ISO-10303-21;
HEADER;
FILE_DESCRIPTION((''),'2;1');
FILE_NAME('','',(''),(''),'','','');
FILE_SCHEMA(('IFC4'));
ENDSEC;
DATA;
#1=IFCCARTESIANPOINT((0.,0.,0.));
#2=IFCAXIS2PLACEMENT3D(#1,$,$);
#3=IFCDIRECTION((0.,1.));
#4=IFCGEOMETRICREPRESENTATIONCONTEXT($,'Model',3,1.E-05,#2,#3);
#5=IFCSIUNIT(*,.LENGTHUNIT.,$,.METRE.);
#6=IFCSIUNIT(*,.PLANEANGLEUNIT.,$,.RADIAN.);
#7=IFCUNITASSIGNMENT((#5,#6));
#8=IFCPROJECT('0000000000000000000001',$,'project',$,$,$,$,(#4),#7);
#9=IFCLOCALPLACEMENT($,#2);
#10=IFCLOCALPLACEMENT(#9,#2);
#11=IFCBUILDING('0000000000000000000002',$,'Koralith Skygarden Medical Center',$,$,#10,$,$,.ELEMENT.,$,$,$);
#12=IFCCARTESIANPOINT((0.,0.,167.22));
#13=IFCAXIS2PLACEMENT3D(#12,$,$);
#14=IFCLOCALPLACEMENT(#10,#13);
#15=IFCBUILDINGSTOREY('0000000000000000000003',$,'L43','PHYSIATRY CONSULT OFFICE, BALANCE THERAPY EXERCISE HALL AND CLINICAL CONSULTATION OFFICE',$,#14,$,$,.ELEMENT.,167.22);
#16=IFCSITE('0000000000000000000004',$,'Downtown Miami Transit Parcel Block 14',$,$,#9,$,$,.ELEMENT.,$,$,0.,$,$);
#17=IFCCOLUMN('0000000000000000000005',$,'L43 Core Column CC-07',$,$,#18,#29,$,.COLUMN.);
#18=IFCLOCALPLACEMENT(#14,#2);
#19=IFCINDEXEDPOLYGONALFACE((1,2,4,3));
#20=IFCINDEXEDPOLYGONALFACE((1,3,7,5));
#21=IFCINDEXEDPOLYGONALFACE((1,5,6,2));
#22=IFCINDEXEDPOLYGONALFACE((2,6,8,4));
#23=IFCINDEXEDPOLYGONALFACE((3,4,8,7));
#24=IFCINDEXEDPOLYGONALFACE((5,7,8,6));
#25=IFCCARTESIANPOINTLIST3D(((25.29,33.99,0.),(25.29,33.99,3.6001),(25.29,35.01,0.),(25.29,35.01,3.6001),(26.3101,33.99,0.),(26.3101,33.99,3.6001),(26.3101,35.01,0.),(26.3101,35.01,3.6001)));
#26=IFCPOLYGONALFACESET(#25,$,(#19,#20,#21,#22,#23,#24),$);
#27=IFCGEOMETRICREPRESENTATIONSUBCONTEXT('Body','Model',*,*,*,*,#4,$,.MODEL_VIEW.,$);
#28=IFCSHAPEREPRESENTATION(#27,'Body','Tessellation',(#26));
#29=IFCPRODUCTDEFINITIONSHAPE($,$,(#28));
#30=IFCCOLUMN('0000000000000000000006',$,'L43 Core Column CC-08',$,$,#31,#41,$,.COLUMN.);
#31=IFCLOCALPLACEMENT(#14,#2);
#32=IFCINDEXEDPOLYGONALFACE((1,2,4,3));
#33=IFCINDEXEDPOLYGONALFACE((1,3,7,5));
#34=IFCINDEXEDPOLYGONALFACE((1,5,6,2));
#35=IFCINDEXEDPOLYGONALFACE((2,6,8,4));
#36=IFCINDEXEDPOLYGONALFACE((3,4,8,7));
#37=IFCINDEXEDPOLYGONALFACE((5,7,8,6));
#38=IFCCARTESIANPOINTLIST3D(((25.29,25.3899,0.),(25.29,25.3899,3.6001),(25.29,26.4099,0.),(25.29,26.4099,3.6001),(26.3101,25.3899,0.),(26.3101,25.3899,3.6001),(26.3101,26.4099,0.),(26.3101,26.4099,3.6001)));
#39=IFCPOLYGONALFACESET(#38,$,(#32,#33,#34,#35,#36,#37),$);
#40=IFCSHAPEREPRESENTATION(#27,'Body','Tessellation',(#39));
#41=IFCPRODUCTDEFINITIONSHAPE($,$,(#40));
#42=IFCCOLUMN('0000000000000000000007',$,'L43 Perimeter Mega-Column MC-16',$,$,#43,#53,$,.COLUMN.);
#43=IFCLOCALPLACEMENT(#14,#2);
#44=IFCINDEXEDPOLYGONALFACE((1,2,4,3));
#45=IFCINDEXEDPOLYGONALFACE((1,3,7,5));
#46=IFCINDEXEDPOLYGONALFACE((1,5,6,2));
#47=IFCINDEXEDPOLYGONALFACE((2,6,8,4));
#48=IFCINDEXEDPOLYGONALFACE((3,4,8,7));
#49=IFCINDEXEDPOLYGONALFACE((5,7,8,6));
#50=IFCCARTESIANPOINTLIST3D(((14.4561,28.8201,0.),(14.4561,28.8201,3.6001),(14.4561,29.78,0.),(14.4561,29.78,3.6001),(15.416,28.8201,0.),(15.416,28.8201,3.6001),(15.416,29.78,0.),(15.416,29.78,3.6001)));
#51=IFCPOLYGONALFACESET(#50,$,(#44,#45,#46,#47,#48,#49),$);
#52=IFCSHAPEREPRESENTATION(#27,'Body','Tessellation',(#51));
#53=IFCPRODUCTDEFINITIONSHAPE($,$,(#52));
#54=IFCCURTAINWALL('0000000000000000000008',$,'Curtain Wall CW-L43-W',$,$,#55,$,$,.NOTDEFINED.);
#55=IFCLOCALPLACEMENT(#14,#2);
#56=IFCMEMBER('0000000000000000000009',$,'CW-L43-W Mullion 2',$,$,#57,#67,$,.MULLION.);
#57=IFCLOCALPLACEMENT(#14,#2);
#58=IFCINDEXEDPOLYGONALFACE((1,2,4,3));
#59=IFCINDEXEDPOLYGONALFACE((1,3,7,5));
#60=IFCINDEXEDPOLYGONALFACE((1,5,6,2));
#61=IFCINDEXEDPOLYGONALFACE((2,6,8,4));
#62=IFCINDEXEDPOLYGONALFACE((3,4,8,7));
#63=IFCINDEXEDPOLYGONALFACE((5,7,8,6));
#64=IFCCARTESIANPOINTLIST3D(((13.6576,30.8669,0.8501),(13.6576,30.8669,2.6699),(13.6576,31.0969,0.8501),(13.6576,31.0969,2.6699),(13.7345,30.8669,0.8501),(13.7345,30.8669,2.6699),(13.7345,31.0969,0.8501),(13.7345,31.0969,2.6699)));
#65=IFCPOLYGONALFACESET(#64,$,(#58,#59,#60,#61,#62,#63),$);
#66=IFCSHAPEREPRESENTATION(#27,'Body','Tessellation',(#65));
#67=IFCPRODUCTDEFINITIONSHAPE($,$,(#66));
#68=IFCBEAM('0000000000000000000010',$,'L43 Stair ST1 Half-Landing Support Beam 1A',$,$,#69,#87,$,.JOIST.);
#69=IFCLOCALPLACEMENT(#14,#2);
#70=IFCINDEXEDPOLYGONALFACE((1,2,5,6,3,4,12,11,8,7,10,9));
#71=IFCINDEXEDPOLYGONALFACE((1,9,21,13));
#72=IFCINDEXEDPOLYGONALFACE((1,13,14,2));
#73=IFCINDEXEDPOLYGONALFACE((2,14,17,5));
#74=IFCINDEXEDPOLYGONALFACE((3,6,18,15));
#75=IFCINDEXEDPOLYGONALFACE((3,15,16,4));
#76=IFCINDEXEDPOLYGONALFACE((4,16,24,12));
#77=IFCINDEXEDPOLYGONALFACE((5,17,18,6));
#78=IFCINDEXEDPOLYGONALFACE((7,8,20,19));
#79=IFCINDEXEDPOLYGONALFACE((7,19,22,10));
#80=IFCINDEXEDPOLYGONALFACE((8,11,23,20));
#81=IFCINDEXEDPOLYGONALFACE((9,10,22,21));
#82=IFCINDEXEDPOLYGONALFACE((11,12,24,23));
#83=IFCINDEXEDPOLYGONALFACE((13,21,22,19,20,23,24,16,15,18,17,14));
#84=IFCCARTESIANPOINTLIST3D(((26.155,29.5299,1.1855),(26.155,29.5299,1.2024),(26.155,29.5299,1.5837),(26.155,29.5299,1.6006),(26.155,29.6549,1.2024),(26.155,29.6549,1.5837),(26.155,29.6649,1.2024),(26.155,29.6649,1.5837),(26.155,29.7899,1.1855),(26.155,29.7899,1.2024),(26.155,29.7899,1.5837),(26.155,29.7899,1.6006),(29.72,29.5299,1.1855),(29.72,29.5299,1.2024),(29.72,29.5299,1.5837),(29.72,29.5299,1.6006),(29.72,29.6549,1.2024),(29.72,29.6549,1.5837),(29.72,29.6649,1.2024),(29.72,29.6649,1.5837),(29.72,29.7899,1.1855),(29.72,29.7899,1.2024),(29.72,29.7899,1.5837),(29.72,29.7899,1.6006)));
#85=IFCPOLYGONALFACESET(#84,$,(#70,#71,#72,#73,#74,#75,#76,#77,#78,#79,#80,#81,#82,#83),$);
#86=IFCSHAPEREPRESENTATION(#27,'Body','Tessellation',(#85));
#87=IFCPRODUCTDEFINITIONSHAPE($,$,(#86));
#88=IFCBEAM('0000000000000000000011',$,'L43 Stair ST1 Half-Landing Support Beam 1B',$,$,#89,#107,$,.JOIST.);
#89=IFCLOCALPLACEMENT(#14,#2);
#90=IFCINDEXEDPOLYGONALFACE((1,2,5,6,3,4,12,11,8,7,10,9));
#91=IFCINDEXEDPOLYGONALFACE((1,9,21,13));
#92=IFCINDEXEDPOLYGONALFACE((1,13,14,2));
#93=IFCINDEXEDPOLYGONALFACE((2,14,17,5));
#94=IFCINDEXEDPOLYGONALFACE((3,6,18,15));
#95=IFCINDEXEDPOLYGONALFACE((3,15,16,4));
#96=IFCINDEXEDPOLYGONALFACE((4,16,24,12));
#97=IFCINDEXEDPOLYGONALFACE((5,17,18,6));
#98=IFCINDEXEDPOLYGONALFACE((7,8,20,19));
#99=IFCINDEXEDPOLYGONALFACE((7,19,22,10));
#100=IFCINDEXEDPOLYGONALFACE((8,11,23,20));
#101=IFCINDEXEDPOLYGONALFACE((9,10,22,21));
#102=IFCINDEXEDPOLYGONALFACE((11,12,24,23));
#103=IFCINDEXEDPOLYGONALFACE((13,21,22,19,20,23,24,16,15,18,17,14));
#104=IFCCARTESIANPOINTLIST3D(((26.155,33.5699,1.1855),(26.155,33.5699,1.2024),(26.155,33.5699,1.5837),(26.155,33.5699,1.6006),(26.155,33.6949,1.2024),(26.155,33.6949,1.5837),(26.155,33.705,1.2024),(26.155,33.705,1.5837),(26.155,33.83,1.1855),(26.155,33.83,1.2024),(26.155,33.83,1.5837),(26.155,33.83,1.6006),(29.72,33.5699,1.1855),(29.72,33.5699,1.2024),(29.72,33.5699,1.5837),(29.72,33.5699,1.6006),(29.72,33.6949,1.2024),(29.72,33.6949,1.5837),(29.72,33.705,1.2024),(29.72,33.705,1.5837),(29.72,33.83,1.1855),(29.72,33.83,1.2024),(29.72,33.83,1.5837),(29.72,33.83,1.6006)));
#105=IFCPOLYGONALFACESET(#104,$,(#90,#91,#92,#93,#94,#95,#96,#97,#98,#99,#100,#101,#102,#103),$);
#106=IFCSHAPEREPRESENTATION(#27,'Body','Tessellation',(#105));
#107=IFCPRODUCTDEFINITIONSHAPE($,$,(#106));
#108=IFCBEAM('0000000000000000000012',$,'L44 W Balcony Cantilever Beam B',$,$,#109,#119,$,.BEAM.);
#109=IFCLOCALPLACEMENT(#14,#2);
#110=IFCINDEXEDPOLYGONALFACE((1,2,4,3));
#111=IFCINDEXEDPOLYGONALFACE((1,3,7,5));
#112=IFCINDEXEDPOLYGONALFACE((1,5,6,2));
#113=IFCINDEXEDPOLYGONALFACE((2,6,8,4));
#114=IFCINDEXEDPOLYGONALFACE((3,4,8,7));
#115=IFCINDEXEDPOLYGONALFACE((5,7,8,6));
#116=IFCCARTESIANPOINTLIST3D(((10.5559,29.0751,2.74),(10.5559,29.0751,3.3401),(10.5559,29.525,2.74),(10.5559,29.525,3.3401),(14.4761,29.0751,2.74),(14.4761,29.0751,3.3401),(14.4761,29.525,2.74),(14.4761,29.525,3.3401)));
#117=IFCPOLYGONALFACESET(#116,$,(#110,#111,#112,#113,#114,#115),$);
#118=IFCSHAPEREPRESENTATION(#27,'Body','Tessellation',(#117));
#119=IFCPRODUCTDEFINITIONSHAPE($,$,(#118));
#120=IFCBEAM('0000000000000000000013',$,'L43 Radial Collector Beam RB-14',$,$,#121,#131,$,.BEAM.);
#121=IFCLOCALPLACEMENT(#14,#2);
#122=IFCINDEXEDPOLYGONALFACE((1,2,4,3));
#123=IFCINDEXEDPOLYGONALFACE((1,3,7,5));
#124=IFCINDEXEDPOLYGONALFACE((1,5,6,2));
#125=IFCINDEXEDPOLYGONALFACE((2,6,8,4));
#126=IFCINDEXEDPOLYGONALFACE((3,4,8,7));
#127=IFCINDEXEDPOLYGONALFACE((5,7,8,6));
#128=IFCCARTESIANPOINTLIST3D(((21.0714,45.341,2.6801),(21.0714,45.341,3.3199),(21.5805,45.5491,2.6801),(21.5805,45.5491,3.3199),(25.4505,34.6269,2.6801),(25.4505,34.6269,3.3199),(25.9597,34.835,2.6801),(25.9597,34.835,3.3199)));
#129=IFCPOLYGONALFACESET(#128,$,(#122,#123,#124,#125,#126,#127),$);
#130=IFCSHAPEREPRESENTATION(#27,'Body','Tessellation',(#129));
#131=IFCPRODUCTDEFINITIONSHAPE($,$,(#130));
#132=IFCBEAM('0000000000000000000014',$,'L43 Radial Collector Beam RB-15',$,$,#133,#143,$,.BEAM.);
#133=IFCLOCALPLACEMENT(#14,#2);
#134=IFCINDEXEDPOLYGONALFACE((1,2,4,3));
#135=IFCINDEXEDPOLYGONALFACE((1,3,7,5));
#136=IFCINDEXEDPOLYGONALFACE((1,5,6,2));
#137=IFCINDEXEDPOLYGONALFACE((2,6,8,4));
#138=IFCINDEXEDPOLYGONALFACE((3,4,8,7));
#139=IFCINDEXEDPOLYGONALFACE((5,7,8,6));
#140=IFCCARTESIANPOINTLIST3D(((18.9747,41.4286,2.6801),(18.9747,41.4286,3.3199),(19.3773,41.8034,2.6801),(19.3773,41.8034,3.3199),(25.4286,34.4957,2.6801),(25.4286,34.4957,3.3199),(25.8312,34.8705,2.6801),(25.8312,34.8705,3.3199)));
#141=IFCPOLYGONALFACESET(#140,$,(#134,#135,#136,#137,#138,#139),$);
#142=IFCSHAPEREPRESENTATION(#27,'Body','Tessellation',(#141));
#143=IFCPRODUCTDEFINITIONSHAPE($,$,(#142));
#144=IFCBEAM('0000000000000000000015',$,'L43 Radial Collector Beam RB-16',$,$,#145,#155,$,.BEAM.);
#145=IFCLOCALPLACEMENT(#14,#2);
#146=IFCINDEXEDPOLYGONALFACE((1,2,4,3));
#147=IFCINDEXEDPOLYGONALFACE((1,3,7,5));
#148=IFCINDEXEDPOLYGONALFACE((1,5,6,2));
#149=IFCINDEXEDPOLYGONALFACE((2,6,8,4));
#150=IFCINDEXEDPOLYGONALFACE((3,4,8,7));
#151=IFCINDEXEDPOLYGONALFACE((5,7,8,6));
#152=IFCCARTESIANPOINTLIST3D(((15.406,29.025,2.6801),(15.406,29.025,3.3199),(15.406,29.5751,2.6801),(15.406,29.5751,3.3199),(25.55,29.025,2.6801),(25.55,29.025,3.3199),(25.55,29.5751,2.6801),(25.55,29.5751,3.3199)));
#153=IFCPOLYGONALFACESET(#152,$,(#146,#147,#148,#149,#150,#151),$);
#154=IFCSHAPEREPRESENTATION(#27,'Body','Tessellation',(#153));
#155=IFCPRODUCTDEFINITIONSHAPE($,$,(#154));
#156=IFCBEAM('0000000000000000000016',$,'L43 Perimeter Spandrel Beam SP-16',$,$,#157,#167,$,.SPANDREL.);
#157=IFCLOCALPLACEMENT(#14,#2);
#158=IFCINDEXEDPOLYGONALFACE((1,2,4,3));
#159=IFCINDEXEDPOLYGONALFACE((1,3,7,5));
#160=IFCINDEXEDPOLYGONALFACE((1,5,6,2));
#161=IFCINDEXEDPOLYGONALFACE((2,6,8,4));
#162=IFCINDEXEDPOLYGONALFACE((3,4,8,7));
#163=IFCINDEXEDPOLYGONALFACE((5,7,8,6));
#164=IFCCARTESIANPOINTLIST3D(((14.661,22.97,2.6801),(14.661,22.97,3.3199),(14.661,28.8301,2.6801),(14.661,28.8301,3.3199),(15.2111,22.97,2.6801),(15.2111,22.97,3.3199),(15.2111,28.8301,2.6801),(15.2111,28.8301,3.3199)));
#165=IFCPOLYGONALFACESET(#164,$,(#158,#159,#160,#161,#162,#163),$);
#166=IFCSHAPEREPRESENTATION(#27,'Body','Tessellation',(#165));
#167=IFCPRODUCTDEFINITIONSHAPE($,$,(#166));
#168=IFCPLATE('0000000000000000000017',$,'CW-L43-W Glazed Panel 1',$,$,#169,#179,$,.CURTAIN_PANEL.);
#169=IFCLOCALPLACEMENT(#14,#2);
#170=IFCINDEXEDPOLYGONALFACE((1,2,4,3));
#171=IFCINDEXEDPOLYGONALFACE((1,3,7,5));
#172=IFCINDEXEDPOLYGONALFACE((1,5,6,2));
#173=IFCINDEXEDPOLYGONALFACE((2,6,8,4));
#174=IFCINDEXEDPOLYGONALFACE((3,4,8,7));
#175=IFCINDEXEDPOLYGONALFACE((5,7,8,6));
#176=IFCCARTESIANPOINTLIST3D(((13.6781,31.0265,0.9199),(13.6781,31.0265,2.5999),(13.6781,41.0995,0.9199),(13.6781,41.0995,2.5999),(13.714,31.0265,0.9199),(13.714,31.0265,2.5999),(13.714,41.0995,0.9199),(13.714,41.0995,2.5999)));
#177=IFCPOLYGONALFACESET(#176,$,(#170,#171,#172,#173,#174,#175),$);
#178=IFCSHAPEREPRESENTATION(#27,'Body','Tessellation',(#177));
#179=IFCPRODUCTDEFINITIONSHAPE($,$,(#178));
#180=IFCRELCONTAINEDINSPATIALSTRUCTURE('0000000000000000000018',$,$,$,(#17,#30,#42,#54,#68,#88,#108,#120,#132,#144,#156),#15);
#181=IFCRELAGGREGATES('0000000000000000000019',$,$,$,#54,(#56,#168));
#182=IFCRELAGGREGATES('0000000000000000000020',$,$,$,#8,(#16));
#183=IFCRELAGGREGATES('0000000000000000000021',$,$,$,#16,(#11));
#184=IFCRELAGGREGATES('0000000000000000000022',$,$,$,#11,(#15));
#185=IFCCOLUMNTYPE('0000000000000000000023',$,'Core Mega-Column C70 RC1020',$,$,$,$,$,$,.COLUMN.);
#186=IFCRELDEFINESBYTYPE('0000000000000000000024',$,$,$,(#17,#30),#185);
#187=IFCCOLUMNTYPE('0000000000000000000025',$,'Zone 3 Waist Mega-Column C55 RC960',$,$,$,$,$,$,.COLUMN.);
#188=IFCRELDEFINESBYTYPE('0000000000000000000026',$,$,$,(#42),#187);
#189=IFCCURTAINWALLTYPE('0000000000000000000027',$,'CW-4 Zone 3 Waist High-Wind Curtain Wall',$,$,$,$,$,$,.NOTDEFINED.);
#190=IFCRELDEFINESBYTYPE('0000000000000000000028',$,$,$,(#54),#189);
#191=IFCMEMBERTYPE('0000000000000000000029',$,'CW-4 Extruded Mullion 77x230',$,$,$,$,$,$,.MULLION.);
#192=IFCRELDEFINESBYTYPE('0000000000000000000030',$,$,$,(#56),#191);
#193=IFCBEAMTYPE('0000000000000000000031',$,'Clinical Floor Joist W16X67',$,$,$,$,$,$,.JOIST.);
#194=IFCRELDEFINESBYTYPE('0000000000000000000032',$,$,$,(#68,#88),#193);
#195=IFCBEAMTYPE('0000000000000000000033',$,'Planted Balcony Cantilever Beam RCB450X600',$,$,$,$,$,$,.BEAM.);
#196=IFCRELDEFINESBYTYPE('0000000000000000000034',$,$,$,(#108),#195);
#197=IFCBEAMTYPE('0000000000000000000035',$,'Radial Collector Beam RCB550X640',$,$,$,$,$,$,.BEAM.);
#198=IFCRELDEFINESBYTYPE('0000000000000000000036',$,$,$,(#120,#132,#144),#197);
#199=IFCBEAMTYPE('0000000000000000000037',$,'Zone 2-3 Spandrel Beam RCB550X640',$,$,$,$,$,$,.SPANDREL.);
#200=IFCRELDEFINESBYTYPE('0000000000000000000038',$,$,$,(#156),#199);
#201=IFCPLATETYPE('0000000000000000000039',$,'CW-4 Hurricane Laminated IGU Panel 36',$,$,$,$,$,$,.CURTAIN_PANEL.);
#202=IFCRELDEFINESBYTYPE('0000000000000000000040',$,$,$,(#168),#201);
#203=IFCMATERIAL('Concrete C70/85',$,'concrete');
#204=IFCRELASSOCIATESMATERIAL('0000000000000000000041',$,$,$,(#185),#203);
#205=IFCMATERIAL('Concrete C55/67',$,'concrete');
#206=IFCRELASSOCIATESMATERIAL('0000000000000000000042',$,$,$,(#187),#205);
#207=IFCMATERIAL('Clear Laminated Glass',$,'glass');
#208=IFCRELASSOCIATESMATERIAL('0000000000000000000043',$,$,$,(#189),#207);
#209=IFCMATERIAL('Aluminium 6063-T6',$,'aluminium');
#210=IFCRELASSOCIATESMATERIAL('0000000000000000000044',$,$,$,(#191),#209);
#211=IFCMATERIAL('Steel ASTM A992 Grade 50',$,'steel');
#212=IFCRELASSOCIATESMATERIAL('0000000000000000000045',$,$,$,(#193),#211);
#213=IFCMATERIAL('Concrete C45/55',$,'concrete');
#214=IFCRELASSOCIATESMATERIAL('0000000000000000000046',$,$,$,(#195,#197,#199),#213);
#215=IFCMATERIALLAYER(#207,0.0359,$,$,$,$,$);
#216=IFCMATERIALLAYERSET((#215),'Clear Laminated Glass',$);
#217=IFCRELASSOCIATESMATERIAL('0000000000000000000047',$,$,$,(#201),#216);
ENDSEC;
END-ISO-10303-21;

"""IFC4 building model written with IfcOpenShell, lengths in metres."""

from ifc_helpers import new_model, si_unit, direction, frame, origin, origin_2d, place, context, subcontext, project, spatial, rectangle, i_section, extrude, material, layer, layer_set, material_profile, profile_set, type_object, element, aggregate, save


model = new_model("IFC4")

# Units and contexts
model_context = context("Model", 3, precision=1e-05, world=origin(), true_north=direction((0.0, 1.0)))
body_context = subcontext(model_context, "Body", "Model", "MODEL_VIEW")
ifc_project = project(units=[si_unit("LENGTHUNIT", "METRE"), si_unit("PLANEANGLEUNIT", "RADIAN")], contexts=[model_context])

# Site, building, storey
site_placement = place(None, origin())
site = spatial("IfcSite", under=ifc_project, at=site_placement, Name="Downtown Miami Transit Parcel Block 14", CompositionType="ELEMENT", RefElevation=0.0)
building_placement = place(site_placement, origin())
building = spatial("IfcBuilding", under=site, at=building_placement, Name="Koralith Skygarden Medical Center", CompositionType="ELEMENT")
storey_placement = place(building_placement, frame((0.0, 0.0, 167.22)))
storey = spatial("IfcBuildingStorey", under=building, at=storey_placement, Name="L43", Description="PHYSIATRY CONSULT OFFICE, BALANCE THERAPY EXERCISE HALL AND CLINICAL CONSULTATION OFFICE", CompositionType="ELEMENT", Elevation=167.22)

# Columns
ifc_material_1 = material(Name="Concrete C70/85", Category="concrete")
ifc_material_profile_1 = material_profile(ifc_material_1, rectangle(XDim=1.02, YDim=1.02, at=origin_2d()), Name="RC1020X1020")
ifc_profile_set_1 = profile_set([ifc_material_profile_1], Name="Concrete C70/85")
column_type_1 = type_object("IfcColumnType", Name="Core Mega-Column C70 RC1020", PredefinedType="COLUMN", material=ifc_profile_set_1)
for number, where, z_axis, x_axis, name in (
    (1, (25.8, 34.5, 0.0), (0.0, 0.0, 1.0), (1.0, 0.0, 0.0), "L43 Core Column CC-07"),
    (2, (25.8, 25.8999, 0.0), (0.0, 0.0, 1.0), (1.0, 0.0, 0.0), "L43 Core Column CC-08"),
):
    element("IfcColumn", number, at=place(storey_placement, frame(where, z_axis=z_axis, x_axis=x_axis)), inside=storey, type_object=column_type_1, Name=name, PredefinedType="COLUMN", context=body_context, shape_type="SweptSolid", body=[
        extrude(rectangle(XDim=1.02, YDim=1.02, at=origin_2d()), origin(), (0.0, 0.0, 1.0), 3.6001),
    ])
ifc_material_2 = material(Name="Concrete C55/67", Category="concrete")
ifc_material_profile_2 = material_profile(ifc_material_2, rectangle(XDim=0.96, YDim=0.96, at=origin_2d()), Name="RC960X960")
ifc_profile_set_2 = profile_set([ifc_material_profile_2], Name="Concrete C55/67")
column_type_2 = type_object("IfcColumnType", Name="Zone 3 Waist Mega-Column C55 RC960", PredefinedType="COLUMN", material=ifc_profile_set_2)
column_placement = place(storey_placement, frame((14.936, 29.3, 0.0), z_axis=(0.0, 0.0, 1.0), x_axis=(1.0, 0.0, 0.0)))
element("IfcColumn", 3, at=column_placement, inside=storey, type_object=column_type_2, Name="L43 Perimeter Mega-Column MC-16", PredefinedType="COLUMN", context=body_context, shape_type="SweptSolid", body=[
    extrude(rectangle(XDim=0.96, YDim=0.96, at=origin_2d()), origin(), (0.0, 0.0, 1.0), 3.6001),
])

# Curtain wall, member
ifc_material_3 = material(Name="Clear Laminated Glass", Category="glass")
curtain_wall_type = type_object("IfcCurtainWallType", Name="CW-4 Zone 3 Waist High-Wind Curtain Wall", PredefinedType="NOTDEFINED", material=ifc_material_3)
curtain_wall_placement = place(storey_placement, origin())
curtain_wall = element("IfcCurtainWall", 4, at=curtain_wall_placement, inside=storey, type_object=curtain_wall_type, Name="Curtain Wall CW-L43-W", PredefinedType="NOTDEFINED")
ifc_material_4 = material(Name="Aluminium 6063-T6", Category="aluminium")
ifc_material_profile_3 = material_profile(ifc_material_4, rectangle(XDim=0.0769, YDim=0.23, at=origin_2d()), Name="MUL77X230")
ifc_profile_set_3 = profile_set([ifc_material_profile_3], Name="Aluminium 6063-T6")
member_type = type_object("IfcMemberType", Name="CW-4 Extruded Mullion 77x230", PredefinedType="MULLION", material=ifc_profile_set_3)
member_placement = place(storey_placement, frame((13.696, 30.9819, 0.8501), z_axis=(0.0, 0.0, 1.0), x_axis=(1.0, 0.0, 0.0)))
member = element("IfcMember", 5, at=member_placement, type_object=member_type, Name="CW-L43-W Mullion 2", PredefinedType="MULLION", context=body_context, shape_type="SweptSolid", body=[
    extrude(rectangle(XDim=0.0769, YDim=0.23, at=origin_2d()), origin(), (0.0, 0.0, 1.0), 1.8198),
])

# Beams
ifc_material_5 = material(Name="Steel ASTM A992 Grade 50", Category="steel")
ifc_material_profile_4 = material_profile(ifc_material_5, i_section(OverallWidth=0.26, OverallDepth=0.415, WebThickness=0.01, FlangeThickness=0.0168, at=origin_2d()), Name="W16X67")
ifc_profile_set_4 = profile_set([ifc_material_profile_4], Name="Steel ASTM A992 Grade 50")
beam_type_1 = type_object("IfcBeamType", Name="Clinical Floor Joist W16X67", PredefinedType="JOIST", material=ifc_profile_set_4)
for number, where, z_axis, x_axis, name in (
    (6, (26.155, 29.6599, 1.3931), (1.0, 0.0, 0.0), (0.0, 1.0, 0.0), "L43 Stair ST1 Half-Landing Support Beam 1A"),
    (7, (26.155, 33.7, 1.3931), (1.0, 0.0, 0.0), (0.0, 1.0, 0.0), "L43 Stair ST1 Half-Landing Support Beam 1B"),
):
    element("IfcBeam", number, at=place(storey_placement, frame(where, z_axis=z_axis, x_axis=x_axis)), inside=storey, type_object=beam_type_1, Name=name, PredefinedType="JOIST", context=body_context, shape_type="SweptSolid", body=[
        extrude(i_section(OverallWidth=0.26, OverallDepth=0.415, WebThickness=0.01, FlangeThickness=0.0168, at=origin_2d()), origin(), (0.0, 0.0, 1.0), 3.5649),
    ])
ifc_material_6 = material(Name="Concrete C45/55", Category="concrete")
ifc_material_profile_5 = material_profile(ifc_material_6, rectangle(XDim=0.45, YDim=0.6001, at=origin_2d()), Name="RCB450X600")
ifc_profile_set_5 = profile_set([ifc_material_profile_5], Name="Concrete C45/55")
beam_type_2 = type_object("IfcBeamType", Name="Planted Balcony Cantilever Beam RCB450X600", PredefinedType="BEAM", material=ifc_profile_set_5)
beam_1_placement = place(storey_placement, frame((14.4761, 29.3, 3.04), z_axis=(-1.0, 0.0, 0.0), x_axis=(0.0, -1.0, 0.0)))
element("IfcBeam", 8, at=beam_1_placement, inside=storey, type_object=beam_type_2, Name="L44 W Balcony Cantilever Beam B", PredefinedType="BEAM", context=body_context, shape_type="SweptSolid", body=[
    extrude(rectangle(XDim=0.45, YDim=0.6001, at=origin_2d()), origin(), (0.0, 0.0, 1.0), 3.9202),
])
ifc_material_profile_6 = material_profile(ifc_material_6, rectangle(XDim=0.55, YDim=0.6399, at=origin_2d()), Name="RCB550X640")
ifc_profile_set_6 = profile_set([ifc_material_profile_6], Name="Concrete C45/55")
beam_type_3 = type_object("IfcBeamType", Name="Radial Collector Beam RCB550X640", PredefinedType="BEAM", material=ifc_profile_set_6)
beam_2_placement = place(storey_placement, frame((25.7051, 34.731, 3.0), z_axis=(-0.378345, 0.925665, 0.0), x_axis=(-0.925665, -0.378345, 0.0)))
element("IfcBeam", 9, at=beam_2_placement, inside=storey, type_object=beam_type_3, Name="L43 Radial Collector Beam RB-14", PredefinedType="BEAM", context=body_context, shape_type="SweptSolid", body=[
    extrude(rectangle(XDim=0.55, YDim=0.6399, at=origin_2d()), origin(), (0.0, 0.0, 1.0), 11.5745),
])
beam_3_placement = place(storey_placement, frame((25.6299, 34.6831, 3.0), z_axis=(-0.681369, 0.73194, 0.0), x_axis=(-0.73194, -0.681369, 0.0)))
element("IfcBeam", 10, at=beam_3_placement, inside=storey, type_object=beam_type_3, Name="L43 Radial Collector Beam RB-15", PredefinedType="BEAM", context=body_context, shape_type="SweptSolid", body=[
    extrude(rectangle(XDim=0.55, YDim=0.6399, at=origin_2d()), origin(), (0.0, 0.0, 1.0), 9.4719),
])
beam_4_placement = place(storey_placement, frame((25.55, 29.3, 3.0), z_axis=(-1.0, 0.0, 0.0), x_axis=(0.0, -1.0, 0.0)))
element("IfcBeam", 11, at=beam_4_placement, inside=storey, type_object=beam_type_3, Name="L43 Radial Collector Beam RB-16", PredefinedType="BEAM", context=body_context, shape_type="SweptSolid", body=[
    extrude(rectangle(XDim=0.55, YDim=0.6399, at=origin_2d()), origin(), (0.0, 0.0, 1.0), 10.144),
])
ifc_material_profile_7 = material_profile(ifc_material_6, rectangle(XDim=0.55, YDim=0.6399, at=origin_2d()), Name="RCB550X640")
ifc_profile_set_7 = profile_set([ifc_material_profile_7], Name="Concrete C45/55")
beam_type_4 = type_object("IfcBeamType", Name="Zone 2-3 Spandrel Beam RCB550X640", PredefinedType="SPANDREL", material=ifc_profile_set_7)
beam_5_placement = place(storey_placement, frame((14.936, 28.8301, 3.0), z_axis=(0.0, -1.0, 0.0), x_axis=(1.0, 0.0, 0.0)))
element("IfcBeam", 12, at=beam_5_placement, inside=storey, type_object=beam_type_4, Name="L43 Perimeter Spandrel Beam SP-16", PredefinedType="SPANDREL", context=body_context, shape_type="SweptSolid", body=[
    extrude(rectangle(XDim=0.55, YDim=0.6399, at=origin_2d()), origin(), (0.0, 0.0, 1.0), 5.8601),
])

# Plate
ifc_layer_1 = layer(ifc_material_3, 0.0359)
ifc_layer_set_1 = layer_set([ifc_layer_1], Name="Clear Laminated Glass")
plate_type = type_object("IfcPlateType", Name="CW-4 Hurricane Laminated IGU Panel 36", PredefinedType="CURTAIN_PANEL", material=ifc_layer_set_1)
plate_placement = place(storey_placement, frame((13.696, 36.063, 0.9199), z_axis=(0.0, 0.0, 1.0), x_axis=(0.0, -1.0, 0.0)))
plate = element("IfcPlate", 13, at=plate_placement, type_object=plate_type, Name="CW-L43-W Glazed Panel 1", PredefinedType="CURTAIN_PANEL", context=body_context, shape_type="SweptSolid", body=[
    extrude(rectangle(XDim=10.073, YDim=0.0359, at=origin_2d()), origin(), (0.0, 0.0, 1.0), 1.6799),
])
aggregate(curtain_wall, [member, plate])

save(model, "model.ifc")
